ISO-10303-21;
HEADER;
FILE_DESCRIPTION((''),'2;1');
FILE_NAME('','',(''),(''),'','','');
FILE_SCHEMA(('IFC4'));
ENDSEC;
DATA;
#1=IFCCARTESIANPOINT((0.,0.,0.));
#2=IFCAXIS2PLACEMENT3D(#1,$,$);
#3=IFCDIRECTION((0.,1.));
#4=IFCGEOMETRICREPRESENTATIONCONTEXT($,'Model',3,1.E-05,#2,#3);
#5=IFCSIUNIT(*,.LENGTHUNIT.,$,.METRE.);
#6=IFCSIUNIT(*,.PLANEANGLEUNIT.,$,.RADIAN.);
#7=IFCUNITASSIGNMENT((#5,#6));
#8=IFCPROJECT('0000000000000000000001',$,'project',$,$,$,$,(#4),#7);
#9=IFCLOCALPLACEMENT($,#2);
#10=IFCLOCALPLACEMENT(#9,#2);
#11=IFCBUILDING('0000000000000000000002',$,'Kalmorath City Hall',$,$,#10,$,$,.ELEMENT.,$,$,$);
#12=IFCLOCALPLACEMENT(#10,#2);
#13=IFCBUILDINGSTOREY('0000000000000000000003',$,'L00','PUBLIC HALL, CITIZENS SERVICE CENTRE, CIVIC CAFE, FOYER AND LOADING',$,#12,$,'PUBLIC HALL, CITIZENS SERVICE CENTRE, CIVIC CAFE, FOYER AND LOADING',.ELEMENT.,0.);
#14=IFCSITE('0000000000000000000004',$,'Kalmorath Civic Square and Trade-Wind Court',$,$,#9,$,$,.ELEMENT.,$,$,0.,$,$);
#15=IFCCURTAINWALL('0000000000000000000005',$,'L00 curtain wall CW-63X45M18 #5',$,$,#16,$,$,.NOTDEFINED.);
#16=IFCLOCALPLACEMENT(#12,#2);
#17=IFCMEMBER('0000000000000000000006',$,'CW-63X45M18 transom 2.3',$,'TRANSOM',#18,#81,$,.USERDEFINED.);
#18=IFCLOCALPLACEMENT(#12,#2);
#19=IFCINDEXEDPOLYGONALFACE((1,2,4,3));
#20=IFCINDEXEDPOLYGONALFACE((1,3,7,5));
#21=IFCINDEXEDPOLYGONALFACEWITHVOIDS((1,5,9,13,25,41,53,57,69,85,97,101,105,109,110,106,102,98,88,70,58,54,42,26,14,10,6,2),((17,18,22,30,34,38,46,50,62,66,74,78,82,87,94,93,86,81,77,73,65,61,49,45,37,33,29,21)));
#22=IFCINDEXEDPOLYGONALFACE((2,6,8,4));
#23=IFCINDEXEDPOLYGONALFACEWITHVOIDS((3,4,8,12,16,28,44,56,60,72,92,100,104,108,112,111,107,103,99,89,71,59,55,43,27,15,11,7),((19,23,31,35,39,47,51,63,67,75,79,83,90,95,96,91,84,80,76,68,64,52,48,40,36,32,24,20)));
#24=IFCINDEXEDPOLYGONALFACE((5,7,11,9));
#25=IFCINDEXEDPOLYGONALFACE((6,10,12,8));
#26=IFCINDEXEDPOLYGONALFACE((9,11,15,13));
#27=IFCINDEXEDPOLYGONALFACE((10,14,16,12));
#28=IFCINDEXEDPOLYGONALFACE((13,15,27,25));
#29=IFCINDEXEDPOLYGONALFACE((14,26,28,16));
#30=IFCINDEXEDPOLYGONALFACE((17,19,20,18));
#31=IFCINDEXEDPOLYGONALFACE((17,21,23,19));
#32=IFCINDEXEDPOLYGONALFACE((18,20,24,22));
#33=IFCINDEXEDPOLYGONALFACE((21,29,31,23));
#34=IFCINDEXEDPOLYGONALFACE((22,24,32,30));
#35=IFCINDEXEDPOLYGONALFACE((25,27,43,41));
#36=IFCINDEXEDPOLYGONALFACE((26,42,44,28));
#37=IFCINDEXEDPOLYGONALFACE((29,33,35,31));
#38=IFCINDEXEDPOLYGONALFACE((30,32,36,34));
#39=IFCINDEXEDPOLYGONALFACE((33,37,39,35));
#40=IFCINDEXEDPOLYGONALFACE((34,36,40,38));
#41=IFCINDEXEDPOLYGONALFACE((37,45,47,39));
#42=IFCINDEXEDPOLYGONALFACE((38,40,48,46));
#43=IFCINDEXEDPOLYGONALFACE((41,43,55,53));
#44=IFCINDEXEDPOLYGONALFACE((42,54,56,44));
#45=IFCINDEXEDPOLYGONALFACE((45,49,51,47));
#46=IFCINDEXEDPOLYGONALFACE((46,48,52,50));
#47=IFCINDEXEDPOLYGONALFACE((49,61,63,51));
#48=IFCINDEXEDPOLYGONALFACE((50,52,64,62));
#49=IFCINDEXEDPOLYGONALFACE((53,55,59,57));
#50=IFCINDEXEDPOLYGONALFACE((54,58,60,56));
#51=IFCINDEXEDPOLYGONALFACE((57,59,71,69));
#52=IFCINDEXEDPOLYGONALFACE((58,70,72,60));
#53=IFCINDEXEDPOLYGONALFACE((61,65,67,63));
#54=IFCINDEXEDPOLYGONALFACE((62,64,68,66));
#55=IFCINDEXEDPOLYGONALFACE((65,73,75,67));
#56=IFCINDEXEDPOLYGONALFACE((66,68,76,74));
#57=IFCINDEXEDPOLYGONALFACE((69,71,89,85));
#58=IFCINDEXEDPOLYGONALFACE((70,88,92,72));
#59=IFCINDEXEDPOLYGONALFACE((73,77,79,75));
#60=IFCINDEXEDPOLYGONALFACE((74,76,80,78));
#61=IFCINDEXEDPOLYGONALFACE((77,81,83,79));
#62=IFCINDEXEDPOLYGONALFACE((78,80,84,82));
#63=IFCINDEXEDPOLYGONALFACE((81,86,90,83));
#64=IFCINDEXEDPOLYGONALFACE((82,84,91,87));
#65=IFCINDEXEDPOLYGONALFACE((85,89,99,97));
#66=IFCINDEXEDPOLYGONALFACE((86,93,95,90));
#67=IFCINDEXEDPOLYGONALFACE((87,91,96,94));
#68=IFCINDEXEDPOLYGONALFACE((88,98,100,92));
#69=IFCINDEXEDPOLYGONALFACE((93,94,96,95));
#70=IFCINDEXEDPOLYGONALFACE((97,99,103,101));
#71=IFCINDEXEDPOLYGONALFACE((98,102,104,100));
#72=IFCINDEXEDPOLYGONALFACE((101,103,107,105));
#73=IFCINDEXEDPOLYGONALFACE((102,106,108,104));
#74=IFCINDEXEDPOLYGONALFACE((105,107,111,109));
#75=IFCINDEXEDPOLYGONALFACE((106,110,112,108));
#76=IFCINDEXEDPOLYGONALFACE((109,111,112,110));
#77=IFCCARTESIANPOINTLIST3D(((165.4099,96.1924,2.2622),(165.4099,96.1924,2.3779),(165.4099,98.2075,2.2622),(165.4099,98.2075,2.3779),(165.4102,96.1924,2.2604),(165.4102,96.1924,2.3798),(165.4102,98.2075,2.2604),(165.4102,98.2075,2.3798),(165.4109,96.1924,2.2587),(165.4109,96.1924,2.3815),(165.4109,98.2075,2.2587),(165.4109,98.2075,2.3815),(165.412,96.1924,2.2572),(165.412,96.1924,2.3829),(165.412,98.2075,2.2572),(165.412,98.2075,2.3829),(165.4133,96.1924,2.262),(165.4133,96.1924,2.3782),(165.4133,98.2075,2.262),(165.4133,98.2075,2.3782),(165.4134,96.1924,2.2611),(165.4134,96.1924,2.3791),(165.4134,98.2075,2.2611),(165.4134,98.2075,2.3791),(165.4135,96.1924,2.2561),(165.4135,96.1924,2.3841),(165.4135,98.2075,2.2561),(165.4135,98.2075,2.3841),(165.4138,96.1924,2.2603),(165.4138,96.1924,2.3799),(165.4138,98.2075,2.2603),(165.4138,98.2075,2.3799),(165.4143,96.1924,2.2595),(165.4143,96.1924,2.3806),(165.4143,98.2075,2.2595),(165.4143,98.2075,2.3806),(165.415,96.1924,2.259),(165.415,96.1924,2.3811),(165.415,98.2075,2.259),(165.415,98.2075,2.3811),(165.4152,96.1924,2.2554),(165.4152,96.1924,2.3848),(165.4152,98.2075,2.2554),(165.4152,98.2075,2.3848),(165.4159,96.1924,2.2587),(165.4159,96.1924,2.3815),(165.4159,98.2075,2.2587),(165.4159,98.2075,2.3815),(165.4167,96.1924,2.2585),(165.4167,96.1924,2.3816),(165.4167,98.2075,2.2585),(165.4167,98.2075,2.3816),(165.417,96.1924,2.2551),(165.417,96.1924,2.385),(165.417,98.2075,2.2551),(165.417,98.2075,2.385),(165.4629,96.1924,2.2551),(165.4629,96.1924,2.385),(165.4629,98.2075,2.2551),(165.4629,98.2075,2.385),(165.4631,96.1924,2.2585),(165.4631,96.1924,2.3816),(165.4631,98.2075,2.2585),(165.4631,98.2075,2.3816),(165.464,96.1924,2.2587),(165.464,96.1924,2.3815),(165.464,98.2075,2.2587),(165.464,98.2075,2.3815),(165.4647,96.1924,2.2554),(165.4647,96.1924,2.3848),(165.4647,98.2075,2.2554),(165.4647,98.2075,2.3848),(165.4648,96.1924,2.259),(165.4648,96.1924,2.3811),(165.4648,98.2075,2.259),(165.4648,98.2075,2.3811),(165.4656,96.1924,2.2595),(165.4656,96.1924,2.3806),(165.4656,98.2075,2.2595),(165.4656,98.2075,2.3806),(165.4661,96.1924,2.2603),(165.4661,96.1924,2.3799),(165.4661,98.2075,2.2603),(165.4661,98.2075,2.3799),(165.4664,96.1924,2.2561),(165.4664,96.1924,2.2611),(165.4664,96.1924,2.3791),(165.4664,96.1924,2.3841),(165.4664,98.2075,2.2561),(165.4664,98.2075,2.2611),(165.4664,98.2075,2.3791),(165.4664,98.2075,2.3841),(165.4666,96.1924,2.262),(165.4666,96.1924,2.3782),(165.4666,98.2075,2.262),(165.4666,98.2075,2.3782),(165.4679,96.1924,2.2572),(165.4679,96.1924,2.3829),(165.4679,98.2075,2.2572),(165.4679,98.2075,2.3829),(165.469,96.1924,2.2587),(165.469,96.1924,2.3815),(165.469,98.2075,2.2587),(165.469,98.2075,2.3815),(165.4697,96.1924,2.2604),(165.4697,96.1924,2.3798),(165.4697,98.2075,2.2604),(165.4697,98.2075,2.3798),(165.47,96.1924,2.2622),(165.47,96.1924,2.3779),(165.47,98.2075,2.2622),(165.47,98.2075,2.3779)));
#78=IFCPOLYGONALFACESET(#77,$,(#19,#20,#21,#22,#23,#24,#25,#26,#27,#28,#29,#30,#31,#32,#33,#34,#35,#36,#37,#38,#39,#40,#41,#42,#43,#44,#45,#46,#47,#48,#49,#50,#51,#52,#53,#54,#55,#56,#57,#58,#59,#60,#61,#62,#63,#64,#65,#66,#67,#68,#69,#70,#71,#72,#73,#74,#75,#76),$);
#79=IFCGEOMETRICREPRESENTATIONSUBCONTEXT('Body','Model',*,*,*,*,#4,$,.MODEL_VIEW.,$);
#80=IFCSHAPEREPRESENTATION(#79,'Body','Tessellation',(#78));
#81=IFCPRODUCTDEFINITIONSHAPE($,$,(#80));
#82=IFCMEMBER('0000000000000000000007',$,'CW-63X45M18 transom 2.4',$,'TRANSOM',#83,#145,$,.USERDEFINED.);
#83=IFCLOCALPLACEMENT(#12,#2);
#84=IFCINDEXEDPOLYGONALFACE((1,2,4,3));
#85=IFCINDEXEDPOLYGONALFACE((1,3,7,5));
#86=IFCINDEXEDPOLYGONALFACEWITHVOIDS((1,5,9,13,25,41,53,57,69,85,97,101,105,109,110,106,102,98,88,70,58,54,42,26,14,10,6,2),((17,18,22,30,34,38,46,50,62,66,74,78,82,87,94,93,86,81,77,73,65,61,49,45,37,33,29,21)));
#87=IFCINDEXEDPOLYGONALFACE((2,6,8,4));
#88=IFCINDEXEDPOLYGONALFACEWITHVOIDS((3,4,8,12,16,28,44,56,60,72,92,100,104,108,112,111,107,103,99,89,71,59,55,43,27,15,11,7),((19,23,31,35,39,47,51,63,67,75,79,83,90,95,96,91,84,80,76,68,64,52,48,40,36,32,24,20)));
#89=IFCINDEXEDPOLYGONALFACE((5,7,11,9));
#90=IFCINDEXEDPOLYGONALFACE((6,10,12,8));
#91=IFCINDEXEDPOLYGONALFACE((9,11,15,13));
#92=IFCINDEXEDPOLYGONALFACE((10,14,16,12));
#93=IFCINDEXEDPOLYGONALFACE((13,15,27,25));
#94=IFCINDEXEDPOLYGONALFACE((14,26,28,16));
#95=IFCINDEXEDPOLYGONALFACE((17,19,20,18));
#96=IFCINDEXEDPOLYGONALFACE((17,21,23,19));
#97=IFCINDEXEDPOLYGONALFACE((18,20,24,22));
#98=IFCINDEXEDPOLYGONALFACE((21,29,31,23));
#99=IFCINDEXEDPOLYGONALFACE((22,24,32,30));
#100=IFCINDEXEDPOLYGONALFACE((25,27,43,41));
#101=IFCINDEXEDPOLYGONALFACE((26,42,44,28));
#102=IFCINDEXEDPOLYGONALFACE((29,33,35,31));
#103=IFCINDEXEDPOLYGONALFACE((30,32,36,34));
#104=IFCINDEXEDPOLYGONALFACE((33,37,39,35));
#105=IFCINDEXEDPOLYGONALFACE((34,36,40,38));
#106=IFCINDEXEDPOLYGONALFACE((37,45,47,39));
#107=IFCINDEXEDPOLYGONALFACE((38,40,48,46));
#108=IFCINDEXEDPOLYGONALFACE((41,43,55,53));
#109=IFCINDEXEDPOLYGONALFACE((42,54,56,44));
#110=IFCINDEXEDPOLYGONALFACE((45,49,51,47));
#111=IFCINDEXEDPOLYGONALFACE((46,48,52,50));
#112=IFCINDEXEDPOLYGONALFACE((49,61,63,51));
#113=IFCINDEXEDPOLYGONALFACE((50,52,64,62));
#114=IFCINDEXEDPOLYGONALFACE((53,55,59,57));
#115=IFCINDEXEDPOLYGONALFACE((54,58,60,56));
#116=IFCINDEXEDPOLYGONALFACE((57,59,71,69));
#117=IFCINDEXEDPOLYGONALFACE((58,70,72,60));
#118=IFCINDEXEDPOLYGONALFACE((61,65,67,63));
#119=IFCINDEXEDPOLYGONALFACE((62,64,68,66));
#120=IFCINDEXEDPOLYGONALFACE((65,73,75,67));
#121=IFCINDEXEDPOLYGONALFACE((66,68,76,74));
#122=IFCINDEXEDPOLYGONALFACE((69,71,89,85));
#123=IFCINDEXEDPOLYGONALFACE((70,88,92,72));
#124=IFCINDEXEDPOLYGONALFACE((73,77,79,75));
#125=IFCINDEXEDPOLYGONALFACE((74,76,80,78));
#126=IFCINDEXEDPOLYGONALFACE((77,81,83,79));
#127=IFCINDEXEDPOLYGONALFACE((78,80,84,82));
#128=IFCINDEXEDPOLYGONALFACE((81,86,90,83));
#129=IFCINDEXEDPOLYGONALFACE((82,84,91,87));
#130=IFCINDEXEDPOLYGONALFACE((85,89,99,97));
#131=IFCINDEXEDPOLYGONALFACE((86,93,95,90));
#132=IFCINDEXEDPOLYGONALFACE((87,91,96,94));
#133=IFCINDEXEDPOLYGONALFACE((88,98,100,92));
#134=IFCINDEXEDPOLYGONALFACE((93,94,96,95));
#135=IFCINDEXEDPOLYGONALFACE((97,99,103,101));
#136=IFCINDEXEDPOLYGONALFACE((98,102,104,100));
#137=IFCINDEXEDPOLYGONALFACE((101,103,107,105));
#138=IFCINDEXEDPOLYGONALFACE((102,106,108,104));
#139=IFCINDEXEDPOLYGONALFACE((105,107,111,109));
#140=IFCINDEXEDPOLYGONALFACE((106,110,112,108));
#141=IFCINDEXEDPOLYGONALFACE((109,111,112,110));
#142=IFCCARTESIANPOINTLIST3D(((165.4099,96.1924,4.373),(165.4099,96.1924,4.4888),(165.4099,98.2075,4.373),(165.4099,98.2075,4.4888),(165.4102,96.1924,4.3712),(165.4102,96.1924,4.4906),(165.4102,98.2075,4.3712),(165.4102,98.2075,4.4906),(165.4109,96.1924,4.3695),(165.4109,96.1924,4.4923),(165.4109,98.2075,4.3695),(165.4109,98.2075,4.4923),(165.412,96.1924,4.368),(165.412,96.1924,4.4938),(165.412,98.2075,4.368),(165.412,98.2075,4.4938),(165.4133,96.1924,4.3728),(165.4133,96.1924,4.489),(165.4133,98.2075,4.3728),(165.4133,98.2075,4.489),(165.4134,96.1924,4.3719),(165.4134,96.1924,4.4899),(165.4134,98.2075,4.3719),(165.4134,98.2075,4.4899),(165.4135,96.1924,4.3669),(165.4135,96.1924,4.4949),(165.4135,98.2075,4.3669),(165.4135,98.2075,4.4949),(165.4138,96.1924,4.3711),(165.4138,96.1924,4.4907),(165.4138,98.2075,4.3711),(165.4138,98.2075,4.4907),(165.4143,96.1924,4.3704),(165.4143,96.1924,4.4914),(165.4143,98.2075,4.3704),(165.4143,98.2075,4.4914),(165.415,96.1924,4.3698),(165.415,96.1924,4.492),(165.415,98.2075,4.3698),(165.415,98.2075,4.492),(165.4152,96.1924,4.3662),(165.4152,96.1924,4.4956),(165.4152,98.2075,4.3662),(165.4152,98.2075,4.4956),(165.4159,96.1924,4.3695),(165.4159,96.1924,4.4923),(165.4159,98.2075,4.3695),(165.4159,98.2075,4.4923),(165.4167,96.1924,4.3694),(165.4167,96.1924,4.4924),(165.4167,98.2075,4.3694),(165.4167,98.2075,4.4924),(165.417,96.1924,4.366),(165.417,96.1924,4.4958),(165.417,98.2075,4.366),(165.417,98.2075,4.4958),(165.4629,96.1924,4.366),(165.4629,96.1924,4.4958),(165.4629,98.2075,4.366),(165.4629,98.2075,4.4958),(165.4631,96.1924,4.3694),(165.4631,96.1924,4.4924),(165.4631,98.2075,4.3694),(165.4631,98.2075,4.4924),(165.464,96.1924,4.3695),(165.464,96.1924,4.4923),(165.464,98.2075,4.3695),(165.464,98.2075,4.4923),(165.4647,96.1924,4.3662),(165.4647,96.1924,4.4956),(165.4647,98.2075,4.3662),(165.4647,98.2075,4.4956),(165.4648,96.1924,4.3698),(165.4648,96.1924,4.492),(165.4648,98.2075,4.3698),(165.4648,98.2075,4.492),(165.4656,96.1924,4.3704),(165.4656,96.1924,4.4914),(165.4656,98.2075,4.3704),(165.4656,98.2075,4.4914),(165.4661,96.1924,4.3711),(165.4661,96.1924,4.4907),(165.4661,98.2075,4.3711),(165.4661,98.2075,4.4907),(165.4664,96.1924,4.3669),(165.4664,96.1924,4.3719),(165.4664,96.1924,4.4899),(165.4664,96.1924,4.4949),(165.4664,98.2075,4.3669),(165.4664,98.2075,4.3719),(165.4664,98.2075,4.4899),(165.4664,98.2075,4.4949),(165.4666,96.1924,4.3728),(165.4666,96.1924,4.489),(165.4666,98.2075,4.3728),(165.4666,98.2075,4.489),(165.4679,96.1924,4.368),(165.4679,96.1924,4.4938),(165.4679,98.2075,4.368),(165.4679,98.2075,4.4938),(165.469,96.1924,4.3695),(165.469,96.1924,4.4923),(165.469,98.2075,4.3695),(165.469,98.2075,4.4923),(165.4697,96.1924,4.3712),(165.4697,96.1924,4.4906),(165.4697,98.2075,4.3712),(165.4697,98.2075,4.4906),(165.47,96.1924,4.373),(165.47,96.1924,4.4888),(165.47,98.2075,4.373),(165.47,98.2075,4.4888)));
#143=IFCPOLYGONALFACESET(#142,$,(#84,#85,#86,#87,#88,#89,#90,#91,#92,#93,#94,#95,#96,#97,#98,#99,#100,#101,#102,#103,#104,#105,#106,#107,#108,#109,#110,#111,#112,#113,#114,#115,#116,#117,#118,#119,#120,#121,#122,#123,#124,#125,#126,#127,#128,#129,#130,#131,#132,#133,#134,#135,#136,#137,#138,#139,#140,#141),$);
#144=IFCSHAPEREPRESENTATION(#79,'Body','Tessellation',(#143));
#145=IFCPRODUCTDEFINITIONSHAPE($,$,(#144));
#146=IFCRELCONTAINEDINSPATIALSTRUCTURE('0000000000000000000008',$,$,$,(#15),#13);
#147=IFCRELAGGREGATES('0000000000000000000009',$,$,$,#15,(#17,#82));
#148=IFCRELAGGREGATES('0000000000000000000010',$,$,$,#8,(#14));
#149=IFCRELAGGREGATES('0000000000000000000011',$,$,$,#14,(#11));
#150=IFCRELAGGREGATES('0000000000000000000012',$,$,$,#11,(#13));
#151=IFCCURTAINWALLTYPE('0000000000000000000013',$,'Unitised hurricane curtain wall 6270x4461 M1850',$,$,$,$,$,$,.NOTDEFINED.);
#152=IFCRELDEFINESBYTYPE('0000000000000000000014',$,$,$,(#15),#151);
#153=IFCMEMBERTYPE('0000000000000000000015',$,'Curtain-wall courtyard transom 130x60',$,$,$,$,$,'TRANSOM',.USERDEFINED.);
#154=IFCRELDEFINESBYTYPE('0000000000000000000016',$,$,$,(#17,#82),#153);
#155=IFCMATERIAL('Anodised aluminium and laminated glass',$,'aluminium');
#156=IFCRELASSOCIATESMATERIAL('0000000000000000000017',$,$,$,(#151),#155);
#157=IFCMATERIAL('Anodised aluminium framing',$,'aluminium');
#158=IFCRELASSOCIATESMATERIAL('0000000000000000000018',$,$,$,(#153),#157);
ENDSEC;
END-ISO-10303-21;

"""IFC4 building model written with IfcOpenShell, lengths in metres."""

from ifc_helpers import new_model, si_unit, direction, frame, origin, origin_2d, place, context, subcontext, project, spatial, hollow_rectangle, extrude, material, material_profile, profile_set, type_object, element, aggregate, save


model = new_model("IFC4")

# Units and contexts
model_context = context("Model", 3, precision=1e-05, world=origin(), true_north=direction((0.0, 1.0)))
body_context = subcontext(model_context, "Body", "Model", "MODEL_VIEW")
ifc_project = project(units=[si_unit("LENGTHUNIT", "METRE"), si_unit("PLANEANGLEUNIT", "RADIAN")], contexts=[model_context])

# Site, building, storey
site_placement = place(None, origin())
site = spatial("IfcSite", under=ifc_project, at=site_placement, Name="Kalmorath Civic Square and Trade-Wind Court", CompositionType="ELEMENT", RefElevation=0.0)
building_placement = place(site_placement, origin())
building = spatial("IfcBuilding", under=site, at=building_placement, Name="Kalmorath City Hall", CompositionType="ELEMENT")
storey_placement = place(building_placement, origin())
storey = spatial("IfcBuildingStorey", under=building, at=storey_placement, Name="L00", Description="PUBLIC HALL, CITIZENS SERVICE CENTRE, CIVIC CAFE, FOYER AND LOADING", LongName="PUBLIC HALL, CITIZENS SERVICE CENTRE, CIVIC CAFE, FOYER AND LOADING", CompositionType="ELEMENT", Elevation=0.0)

# Curtain wall, members
ifc_material_1 = material(Name="Anodised aluminium and laminated glass", Category="aluminium")
curtain_wall_type_1 = type_object("IfcCurtainWallType", Name="Unitised hurricane curtain wall 6270x4461 M1850", PredefinedType="NOTDEFINED", material=ifc_material_1)
curtain_wall_1_placement = place(storey_placement, origin())
curtain_wall_1 = element("IfcCurtainWall", 1, at=curtain_wall_1_placement, inside=storey, type_object=curtain_wall_type_1, Name="L00 curtain wall CW-63X45M18 #5", PredefinedType="NOTDEFINED")
ifc_material_2 = material(Name="Anodised aluminium framing", Category="aluminium")
ifc_material_profile_1 = material_profile(ifc_material_2, hollow_rectangle(XDim=0.0601, YDim=0.1299, WallThickness=0.0034, InnerFilletRadius=0.0034, OuterFilletRadius=0.0071, at=origin_2d()), Name="ALU-TRN-130X60X3.5")
ifc_profile_set_1 = profile_set([ifc_material_profile_1], Name="Anodised aluminium framing")
member_type_1 = type_object("IfcMemberType", Name="Curtain-wall courtyard transom 130x60", ElementType="TRANSOM", PredefinedType="USERDEFINED", material=ifc_profile_set_1)
member_1_placement = place(storey_placement, frame((165.4399, 98.2075, 2.3201), z_axis=(0.0, -1.0, 0.0), x_axis=(1.0, 0.0, 0.0)))
member_1 = element("IfcMember", 2, at=member_1_placement, type_object=member_type_1, Name="CW-63X45M18 transom 2.3", ObjectType="TRANSOM", PredefinedType="USERDEFINED", context=body_context, shape_type="SweptSolid", body=[
    extrude(hollow_rectangle(XDim=0.0601, YDim=0.1299, WallThickness=0.0034, InnerFilletRadius=0.0034, OuterFilletRadius=0.0071, at=origin_2d()), origin(), (0.0, 0.0, 1.0), 2.0151),
])
member_2_placement = place(storey_placement, frame((165.4399, 98.2075, 4.4309), z_axis=(0.0, -1.0, 0.0), x_axis=(1.0, 0.0, 0.0)))
member_2 = element("IfcMember", 3, at=member_2_placement, type_object=member_type_1, Name="CW-63X45M18 transom 2.4", ObjectType="TRANSOM", PredefinedType="USERDEFINED", context=body_context, shape_type="SweptSolid", body=[
    extrude(hollow_rectangle(XDim=0.0601, YDim=0.1299, WallThickness=0.0034, InnerFilletRadius=0.0034, OuterFilletRadius=0.0071, at=origin_2d()), origin(), (0.0, 0.0, 1.0), 2.0151),
])

aggregate(curtain_wall_1, [member_1, member_2])

save(model, "model.ifc")
